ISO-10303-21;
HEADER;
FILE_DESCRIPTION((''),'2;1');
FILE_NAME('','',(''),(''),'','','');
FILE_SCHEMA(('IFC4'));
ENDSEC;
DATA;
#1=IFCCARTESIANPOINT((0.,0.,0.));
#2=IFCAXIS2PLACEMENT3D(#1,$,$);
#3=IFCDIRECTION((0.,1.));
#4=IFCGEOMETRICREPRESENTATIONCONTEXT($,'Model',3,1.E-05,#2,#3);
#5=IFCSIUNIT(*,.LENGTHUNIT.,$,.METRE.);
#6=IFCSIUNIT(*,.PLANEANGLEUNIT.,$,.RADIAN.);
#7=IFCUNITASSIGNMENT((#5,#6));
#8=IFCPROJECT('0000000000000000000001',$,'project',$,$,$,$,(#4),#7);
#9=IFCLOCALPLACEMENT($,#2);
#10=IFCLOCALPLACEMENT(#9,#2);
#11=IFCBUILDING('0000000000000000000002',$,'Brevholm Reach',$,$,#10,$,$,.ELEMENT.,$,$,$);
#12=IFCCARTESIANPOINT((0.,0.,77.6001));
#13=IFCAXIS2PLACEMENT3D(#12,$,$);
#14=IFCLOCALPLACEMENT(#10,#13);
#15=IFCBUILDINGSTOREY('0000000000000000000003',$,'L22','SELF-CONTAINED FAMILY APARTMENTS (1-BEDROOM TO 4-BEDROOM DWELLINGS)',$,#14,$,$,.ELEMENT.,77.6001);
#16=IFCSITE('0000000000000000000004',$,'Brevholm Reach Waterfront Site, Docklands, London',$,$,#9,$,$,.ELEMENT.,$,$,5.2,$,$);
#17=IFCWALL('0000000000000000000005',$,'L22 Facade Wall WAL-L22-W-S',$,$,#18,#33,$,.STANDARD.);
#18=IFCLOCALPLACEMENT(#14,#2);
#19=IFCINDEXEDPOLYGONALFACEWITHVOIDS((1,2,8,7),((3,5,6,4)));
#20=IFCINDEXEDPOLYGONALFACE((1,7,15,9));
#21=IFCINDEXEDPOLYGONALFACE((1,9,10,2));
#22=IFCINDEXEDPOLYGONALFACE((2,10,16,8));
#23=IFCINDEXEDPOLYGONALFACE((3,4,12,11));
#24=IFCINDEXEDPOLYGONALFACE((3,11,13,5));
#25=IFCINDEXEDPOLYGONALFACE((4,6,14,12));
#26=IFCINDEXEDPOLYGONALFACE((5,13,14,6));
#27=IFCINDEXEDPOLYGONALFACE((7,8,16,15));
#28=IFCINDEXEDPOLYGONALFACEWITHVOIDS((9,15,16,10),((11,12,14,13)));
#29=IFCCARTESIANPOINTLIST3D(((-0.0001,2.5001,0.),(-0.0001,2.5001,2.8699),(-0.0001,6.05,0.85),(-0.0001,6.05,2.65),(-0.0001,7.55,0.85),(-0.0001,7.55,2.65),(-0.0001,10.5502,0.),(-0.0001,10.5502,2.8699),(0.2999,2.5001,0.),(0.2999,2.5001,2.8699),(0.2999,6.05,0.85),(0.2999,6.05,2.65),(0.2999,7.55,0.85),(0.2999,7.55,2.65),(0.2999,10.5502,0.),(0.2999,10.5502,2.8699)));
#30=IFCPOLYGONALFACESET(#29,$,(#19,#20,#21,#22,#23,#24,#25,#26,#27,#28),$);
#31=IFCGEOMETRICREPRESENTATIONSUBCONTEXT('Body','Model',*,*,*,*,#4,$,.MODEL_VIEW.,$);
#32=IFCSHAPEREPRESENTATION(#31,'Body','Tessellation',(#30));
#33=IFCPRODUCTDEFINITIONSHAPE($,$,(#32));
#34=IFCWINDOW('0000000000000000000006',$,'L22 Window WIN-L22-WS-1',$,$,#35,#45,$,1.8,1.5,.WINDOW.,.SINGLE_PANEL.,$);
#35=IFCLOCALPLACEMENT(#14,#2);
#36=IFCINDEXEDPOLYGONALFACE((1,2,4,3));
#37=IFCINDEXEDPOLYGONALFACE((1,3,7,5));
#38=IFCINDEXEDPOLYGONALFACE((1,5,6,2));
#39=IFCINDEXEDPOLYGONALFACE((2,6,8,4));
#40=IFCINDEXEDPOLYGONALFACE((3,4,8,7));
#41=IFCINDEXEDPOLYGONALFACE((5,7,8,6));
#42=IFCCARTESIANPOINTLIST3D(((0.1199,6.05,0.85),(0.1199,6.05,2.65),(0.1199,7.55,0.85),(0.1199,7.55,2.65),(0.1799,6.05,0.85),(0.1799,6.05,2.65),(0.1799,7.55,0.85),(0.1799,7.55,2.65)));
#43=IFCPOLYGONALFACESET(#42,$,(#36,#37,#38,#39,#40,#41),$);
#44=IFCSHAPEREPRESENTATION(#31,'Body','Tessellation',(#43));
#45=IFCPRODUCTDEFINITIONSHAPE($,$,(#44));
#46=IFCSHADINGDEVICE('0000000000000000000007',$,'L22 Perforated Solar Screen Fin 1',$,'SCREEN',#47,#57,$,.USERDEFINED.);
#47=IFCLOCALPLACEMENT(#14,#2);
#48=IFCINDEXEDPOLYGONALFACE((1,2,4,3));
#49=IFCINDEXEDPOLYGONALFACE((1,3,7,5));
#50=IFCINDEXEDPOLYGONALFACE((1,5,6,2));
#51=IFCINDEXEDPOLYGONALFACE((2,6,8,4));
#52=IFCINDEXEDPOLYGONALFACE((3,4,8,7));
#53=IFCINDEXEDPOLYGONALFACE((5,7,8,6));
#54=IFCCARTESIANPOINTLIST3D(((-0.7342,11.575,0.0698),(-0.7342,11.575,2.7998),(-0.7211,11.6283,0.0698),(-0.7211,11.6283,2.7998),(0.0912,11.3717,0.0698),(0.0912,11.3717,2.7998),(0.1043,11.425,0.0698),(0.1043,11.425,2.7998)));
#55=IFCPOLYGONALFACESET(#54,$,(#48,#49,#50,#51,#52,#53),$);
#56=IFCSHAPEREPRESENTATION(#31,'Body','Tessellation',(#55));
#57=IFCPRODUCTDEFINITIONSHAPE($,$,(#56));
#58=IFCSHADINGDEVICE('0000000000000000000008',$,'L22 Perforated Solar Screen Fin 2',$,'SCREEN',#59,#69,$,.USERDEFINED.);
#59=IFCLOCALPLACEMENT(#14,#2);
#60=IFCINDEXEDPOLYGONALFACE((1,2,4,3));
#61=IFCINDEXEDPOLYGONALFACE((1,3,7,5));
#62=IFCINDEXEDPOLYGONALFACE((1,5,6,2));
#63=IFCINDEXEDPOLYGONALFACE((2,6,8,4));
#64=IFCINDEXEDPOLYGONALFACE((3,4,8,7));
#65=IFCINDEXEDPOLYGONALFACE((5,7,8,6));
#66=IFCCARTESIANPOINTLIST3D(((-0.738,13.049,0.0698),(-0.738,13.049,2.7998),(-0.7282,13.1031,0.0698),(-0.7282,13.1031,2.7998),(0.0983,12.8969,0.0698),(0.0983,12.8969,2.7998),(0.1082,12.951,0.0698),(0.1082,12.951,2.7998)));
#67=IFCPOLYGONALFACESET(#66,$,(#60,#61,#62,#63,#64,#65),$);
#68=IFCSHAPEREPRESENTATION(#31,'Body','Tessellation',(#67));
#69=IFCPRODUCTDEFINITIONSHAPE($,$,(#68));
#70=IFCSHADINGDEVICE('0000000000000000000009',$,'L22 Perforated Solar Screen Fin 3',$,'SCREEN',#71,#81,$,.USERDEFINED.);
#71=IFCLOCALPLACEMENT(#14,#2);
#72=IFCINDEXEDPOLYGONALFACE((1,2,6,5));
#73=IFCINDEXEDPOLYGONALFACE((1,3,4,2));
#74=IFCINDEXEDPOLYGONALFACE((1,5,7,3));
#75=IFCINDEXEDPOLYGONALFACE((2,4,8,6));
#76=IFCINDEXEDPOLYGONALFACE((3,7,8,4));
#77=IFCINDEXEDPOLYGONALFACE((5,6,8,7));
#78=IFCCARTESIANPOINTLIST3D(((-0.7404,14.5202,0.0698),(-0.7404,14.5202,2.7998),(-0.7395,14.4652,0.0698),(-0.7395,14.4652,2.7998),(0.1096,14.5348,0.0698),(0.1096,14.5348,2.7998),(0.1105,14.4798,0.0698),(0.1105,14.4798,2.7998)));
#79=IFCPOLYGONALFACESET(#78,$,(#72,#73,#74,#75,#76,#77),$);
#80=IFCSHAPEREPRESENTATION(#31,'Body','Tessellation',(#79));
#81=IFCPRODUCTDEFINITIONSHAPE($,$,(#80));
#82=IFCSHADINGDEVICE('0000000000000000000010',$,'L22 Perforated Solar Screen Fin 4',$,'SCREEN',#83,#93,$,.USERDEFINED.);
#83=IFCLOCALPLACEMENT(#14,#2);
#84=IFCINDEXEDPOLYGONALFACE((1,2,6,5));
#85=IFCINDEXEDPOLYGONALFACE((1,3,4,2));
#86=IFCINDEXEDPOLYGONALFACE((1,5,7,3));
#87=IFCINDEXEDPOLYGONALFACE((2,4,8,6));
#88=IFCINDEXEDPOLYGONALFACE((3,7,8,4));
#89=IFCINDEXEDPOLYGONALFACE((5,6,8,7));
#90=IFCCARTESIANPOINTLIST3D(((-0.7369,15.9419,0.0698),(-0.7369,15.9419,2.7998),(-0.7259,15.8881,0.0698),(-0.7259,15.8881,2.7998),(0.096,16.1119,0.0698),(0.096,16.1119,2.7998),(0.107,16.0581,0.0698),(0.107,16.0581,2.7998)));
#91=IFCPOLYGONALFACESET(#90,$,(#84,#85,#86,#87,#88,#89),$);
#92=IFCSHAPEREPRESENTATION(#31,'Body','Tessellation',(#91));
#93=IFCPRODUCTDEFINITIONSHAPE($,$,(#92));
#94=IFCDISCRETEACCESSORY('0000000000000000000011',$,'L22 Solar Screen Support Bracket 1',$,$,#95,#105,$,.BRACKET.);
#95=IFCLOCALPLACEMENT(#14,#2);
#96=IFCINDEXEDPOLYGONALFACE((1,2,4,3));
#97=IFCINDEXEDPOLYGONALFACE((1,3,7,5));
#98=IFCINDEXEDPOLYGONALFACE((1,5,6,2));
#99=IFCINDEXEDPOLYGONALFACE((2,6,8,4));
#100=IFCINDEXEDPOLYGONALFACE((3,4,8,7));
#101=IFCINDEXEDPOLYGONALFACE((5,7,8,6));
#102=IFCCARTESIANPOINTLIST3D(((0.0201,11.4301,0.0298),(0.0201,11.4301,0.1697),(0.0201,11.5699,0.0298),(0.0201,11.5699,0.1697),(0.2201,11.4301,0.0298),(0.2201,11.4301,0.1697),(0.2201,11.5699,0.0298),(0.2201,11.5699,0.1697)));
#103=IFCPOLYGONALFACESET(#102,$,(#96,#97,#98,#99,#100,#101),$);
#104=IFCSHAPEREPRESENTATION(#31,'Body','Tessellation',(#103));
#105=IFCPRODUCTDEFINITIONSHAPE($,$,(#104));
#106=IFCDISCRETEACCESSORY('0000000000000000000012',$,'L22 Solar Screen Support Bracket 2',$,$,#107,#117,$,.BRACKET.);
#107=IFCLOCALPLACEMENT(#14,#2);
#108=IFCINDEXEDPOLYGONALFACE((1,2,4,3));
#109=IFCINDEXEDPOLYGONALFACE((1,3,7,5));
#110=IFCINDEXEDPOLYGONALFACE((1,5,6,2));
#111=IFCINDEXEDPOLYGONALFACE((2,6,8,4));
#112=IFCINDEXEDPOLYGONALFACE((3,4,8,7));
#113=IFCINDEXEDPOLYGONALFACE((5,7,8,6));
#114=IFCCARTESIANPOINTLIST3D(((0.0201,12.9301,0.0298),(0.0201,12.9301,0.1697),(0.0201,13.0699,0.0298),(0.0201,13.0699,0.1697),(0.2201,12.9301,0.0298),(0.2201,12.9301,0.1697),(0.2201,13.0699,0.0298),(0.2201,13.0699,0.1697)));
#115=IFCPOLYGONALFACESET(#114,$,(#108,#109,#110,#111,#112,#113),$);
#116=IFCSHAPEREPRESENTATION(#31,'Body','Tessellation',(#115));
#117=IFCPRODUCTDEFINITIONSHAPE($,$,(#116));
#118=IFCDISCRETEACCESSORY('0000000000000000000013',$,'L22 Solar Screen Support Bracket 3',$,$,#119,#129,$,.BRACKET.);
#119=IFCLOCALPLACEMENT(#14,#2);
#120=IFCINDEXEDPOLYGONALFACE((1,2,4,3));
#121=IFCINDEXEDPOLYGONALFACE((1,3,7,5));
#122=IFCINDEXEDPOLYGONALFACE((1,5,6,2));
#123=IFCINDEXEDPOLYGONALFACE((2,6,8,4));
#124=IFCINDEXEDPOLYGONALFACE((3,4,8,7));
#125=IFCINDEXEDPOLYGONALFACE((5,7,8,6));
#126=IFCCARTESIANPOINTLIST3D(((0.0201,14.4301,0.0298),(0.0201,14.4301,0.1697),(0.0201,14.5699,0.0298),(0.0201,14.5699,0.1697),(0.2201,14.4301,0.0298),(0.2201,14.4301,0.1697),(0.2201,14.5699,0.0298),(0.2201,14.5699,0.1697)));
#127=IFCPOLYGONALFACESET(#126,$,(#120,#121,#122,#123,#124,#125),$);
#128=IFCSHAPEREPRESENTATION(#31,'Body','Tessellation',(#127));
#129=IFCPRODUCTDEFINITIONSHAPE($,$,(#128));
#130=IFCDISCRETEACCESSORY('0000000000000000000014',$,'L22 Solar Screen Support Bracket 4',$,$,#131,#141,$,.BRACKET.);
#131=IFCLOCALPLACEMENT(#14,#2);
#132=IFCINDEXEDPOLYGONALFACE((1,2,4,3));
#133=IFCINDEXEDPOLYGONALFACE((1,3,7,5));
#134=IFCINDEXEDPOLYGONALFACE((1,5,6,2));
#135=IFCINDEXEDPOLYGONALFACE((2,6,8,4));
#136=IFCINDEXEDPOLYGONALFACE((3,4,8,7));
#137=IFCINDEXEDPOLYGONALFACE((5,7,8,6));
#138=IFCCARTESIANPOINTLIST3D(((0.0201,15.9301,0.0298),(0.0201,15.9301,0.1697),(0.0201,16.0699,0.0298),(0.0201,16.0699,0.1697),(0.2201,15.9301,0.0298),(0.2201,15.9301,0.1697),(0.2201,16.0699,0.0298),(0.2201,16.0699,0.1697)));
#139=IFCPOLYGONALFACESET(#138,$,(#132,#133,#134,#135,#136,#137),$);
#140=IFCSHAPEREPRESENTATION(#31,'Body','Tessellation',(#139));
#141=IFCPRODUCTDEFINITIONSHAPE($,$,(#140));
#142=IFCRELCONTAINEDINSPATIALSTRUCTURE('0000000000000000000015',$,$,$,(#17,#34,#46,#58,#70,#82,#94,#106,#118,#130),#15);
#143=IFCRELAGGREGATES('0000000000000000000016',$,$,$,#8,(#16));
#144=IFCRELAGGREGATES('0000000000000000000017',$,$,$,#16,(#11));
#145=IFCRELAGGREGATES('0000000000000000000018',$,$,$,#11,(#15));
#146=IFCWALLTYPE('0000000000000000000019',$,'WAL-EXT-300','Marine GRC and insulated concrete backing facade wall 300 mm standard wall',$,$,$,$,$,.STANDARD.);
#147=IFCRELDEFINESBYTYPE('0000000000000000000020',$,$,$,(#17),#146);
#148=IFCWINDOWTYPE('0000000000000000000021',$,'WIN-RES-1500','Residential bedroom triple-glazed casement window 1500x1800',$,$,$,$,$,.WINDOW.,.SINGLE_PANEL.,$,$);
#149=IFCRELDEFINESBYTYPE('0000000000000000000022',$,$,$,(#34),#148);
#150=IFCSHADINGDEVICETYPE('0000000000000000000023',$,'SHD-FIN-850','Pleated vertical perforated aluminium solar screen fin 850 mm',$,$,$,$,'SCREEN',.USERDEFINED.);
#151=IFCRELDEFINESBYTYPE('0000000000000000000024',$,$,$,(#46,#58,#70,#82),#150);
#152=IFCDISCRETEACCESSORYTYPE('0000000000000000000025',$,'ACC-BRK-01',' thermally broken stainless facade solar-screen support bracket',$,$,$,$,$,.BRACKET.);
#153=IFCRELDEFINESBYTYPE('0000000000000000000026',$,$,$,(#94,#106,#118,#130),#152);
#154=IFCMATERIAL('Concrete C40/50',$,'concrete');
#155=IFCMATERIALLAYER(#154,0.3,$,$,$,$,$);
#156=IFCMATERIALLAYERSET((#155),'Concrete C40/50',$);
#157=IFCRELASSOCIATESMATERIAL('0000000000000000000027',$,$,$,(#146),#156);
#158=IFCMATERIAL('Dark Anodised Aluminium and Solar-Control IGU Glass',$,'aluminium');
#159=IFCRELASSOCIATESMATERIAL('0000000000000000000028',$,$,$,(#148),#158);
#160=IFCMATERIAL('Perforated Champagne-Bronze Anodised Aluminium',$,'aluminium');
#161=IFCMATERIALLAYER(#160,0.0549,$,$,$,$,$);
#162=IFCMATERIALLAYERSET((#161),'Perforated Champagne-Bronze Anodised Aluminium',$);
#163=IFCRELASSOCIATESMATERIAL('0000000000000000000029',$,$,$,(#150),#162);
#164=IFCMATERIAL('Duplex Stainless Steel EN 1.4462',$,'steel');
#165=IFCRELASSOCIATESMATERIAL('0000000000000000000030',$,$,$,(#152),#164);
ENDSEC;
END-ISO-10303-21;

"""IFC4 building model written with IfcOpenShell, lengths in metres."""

from ifc_helpers import new_model, si_unit, direction, frame, frame_2d, origin, origin_2d, place, context, subcontext, project, spatial, rectangle, extrude, material, layer, layer_set, type_object, element, fill, save


model = new_model("IFC4")

# Units and contexts
model_context = context("Model", 3, precision=1e-05, world=origin(), true_north=direction((0.0, 1.0)))
body_context = subcontext(model_context, "Body", "Model", "MODEL_VIEW")
ifc_project = project(units=[si_unit("LENGTHUNIT", "METRE"), si_unit("PLANEANGLEUNIT", "RADIAN")], contexts=[model_context])

# Site, building, storey
site_placement = place(None, origin())
site = spatial("IfcSite", under=ifc_project, at=site_placement, Name="Brevholm Reach Waterfront Site, Docklands, London", CompositionType="ELEMENT", RefElevation=5.2)
building_placement = place(site_placement, origin())
building = spatial("IfcBuilding", under=site, at=building_placement, Name="Brevholm Reach", CompositionType="ELEMENT")
storey_placement = place(building_placement, frame((0.0, 0.0, 77.6001)))
storey = spatial("IfcBuildingStorey", under=building, at=storey_placement, Name="L22", Description="SELF-CONTAINED FAMILY APARTMENTS (1-BEDROOM TO 4-BEDROOM DWELLINGS)", CompositionType="ELEMENT", Elevation=77.6001)

# Wall, opening, window
ifc_material_1 = material(Name="Concrete C40/50", Category="concrete")
ifc_layer_1 = layer(ifc_material_1, 0.3)
ifc_layer_set_1 = layer_set([ifc_layer_1], Name="Concrete C40/50")
wall_type = type_object("IfcWallType", Name="WAL-EXT-300", Description="Marine GRC and insulated concrete backing facade wall 300 mm standard wall", PredefinedType="STANDARD", material=ifc_layer_set_1)
wall_placement = place(storey_placement, frame((0.1499, 10.55, 0.0), z_axis=(0.0, 0.0, 1.0), x_axis=(0.0, -1.0, 0.0)))
wall = element("IfcWall", 1, at=wall_placement, inside=storey, type_object=wall_type, Name="L22 Facade Wall WAL-L22-W-S", PredefinedType="STANDARD", context=body_context, shape_type="SweptSolid", body=[
    extrude(rectangle(XDim=8.05, YDim=0.3, at=frame_2d((4.0249, 0.0))), origin(), (0.0, 0.0, 1.0), 2.8699),
])
opening_placement = place(wall_placement, frame((3.0, 0.0, 0.8501)))
opening = element("IfcOpeningElement", 2, at=opening_placement, cuts=wall, PredefinedType="OPENING", context=body_context, shape_type="SweptSolid", body=[
    extrude(rectangle(XDim=1.5, YDim=1.8, at=frame_2d((0.75, 0.8999))), frame((0.0, 0.1599, 0.0), z_axis=(0.0, -1.0, 0.0), x_axis=(1.0, 0.0, 0.0)), (0.0, 0.0, 1.0), 0.3201),
])
ifc_material_2 = material(Name="Dark Anodised Aluminium and Solar-Control IGU Glass", Category="aluminium")
window_type = type_object("IfcWindowType", Name="WIN-RES-1500", Description="Residential bedroom triple-glazed casement window 1500x1800", PartitioningType="SINGLE_PANEL", PredefinedType="WINDOW", material=ifc_material_2)
window_placement = place(opening_placement, origin())
window = element("IfcWindow", 3, at=window_placement, inside=storey, type_object=window_type, Name="L22 Window WIN-L22-WS-1", OverallHeight=1.8, OverallWidth=1.5, PartitioningType="SINGLE_PANEL", PredefinedType="WINDOW", context=body_context, shape_type="SweptSolid", body=[
    extrude(rectangle(XDim=1.5, YDim=1.8, at=frame_2d((0.75, 0.8999))), frame((0.0, 0.03, 0.0), z_axis=(0.0, -1.0, 0.0), x_axis=(1.0, 0.0, 0.0)), (0.0, 0.0, 1.0), 0.0601),
])
fill(opening, window)

# Shading devices
ifc_material_3 = material(Name="Perforated Champagne-Bronze Anodised Aluminium", Category="aluminium")
ifc_layer_2 = layer(ifc_material_3, 0.0549)
ifc_layer_set_2 = layer_set([ifc_layer_2], Name="Perforated Champagne-Bronze Anodised Aluminium")
shading_device_type = type_object("IfcShadingDeviceType", Name="SHD-FIN-850", Description="Pleated vertical perforated aluminium solar screen fin 850 mm", ElementType="SCREEN", PredefinedType="USERDEFINED", material=ifc_layer_set_2)
for number, where, z_axis, x_axis, name in (
    (4, (-0.3149, 11.5, 0.0698), (0.0, 0.0, 1.0), (-0.970993, 0.23911, 0.0), "L22 Perforated Solar Screen Fin 1"),
    (5, (-0.3149, 13.0, 0.0698), (0.0, 0.0, 1.0), (-0.983873, 0.178871, 0.0), "L22 Perforated Solar Screen Fin 2"),
    (6, (-0.3149, 14.5, 0.0698), (0.0, 0.0, 1.0), (-0.999852, -0.017191, 0.0), "L22 Perforated Solar Screen Fin 3"),
    (7, (-0.3149, 16.0, 0.0698), (0.0, 0.0, 1.0), (-0.97981, -0.199932, 0.0), "L22 Perforated Solar Screen Fin 4"),
):
    element("IfcShadingDevice", number, at=place(storey_placement, frame(where, z_axis=z_axis, x_axis=x_axis)), inside=storey, type_object=shading_device_type, Name=name, ObjectType="SCREEN", PredefinedType="USERDEFINED", context=body_context, shape_type="SweptSolid", body=[
        extrude(rectangle(XDim=0.8501, YDim=0.0549, at=origin_2d()), origin(), (0.0, 0.0, 1.0), 2.73),
    ])

# Discrete accessories
ifc_material_4 = material(Name="Duplex Stainless Steel EN 1.4462", Category="steel")
discrete_accessory_type = type_object("IfcDiscreteAccessoryType", Name="ACC-BRK-01", Description=" thermally broken stainless facade solar-screen support bracket", PredefinedType="BRACKET", material=ifc_material_4)
for number, where, z_axis, x_axis, name in (
    (8, (0.1201, 11.5, 0.0298), (0.0, 0.0, 1.0), (-1.0, 0.0, 0.0), "L22 Solar Screen Support Bracket 1"),
    (9, (0.1201, 13.0, 0.0298), (0.0, 0.0, 1.0), (-1.0, 0.0, 0.0), "L22 Solar Screen Support Bracket 2"),
    (10, (0.1201, 14.5, 0.0298), (0.0, 0.0, 1.0), (-1.0, 0.0, 0.0), "L22 Solar Screen Support Bracket 3"),
    (11, (0.1201, 16.0, 0.0298), (0.0, 0.0, 1.0), (-1.0, 0.0, 0.0), "L22 Solar Screen Support Bracket 4"),
):
    element("IfcDiscreteAccessory", number, at=place(storey_placement, frame(where, z_axis=z_axis, x_axis=x_axis)), inside=storey, type_object=discrete_accessory_type, Name=name, PredefinedType="BRACKET", context=body_context, shape_type="SweptSolid", body=[
        extrude(rectangle(XDim=0.2, YDim=0.1399, at=origin_2d()), origin(), (0.0, 0.0, 1.0), 0.1399),
    ])

save(model, "model.ifc")
